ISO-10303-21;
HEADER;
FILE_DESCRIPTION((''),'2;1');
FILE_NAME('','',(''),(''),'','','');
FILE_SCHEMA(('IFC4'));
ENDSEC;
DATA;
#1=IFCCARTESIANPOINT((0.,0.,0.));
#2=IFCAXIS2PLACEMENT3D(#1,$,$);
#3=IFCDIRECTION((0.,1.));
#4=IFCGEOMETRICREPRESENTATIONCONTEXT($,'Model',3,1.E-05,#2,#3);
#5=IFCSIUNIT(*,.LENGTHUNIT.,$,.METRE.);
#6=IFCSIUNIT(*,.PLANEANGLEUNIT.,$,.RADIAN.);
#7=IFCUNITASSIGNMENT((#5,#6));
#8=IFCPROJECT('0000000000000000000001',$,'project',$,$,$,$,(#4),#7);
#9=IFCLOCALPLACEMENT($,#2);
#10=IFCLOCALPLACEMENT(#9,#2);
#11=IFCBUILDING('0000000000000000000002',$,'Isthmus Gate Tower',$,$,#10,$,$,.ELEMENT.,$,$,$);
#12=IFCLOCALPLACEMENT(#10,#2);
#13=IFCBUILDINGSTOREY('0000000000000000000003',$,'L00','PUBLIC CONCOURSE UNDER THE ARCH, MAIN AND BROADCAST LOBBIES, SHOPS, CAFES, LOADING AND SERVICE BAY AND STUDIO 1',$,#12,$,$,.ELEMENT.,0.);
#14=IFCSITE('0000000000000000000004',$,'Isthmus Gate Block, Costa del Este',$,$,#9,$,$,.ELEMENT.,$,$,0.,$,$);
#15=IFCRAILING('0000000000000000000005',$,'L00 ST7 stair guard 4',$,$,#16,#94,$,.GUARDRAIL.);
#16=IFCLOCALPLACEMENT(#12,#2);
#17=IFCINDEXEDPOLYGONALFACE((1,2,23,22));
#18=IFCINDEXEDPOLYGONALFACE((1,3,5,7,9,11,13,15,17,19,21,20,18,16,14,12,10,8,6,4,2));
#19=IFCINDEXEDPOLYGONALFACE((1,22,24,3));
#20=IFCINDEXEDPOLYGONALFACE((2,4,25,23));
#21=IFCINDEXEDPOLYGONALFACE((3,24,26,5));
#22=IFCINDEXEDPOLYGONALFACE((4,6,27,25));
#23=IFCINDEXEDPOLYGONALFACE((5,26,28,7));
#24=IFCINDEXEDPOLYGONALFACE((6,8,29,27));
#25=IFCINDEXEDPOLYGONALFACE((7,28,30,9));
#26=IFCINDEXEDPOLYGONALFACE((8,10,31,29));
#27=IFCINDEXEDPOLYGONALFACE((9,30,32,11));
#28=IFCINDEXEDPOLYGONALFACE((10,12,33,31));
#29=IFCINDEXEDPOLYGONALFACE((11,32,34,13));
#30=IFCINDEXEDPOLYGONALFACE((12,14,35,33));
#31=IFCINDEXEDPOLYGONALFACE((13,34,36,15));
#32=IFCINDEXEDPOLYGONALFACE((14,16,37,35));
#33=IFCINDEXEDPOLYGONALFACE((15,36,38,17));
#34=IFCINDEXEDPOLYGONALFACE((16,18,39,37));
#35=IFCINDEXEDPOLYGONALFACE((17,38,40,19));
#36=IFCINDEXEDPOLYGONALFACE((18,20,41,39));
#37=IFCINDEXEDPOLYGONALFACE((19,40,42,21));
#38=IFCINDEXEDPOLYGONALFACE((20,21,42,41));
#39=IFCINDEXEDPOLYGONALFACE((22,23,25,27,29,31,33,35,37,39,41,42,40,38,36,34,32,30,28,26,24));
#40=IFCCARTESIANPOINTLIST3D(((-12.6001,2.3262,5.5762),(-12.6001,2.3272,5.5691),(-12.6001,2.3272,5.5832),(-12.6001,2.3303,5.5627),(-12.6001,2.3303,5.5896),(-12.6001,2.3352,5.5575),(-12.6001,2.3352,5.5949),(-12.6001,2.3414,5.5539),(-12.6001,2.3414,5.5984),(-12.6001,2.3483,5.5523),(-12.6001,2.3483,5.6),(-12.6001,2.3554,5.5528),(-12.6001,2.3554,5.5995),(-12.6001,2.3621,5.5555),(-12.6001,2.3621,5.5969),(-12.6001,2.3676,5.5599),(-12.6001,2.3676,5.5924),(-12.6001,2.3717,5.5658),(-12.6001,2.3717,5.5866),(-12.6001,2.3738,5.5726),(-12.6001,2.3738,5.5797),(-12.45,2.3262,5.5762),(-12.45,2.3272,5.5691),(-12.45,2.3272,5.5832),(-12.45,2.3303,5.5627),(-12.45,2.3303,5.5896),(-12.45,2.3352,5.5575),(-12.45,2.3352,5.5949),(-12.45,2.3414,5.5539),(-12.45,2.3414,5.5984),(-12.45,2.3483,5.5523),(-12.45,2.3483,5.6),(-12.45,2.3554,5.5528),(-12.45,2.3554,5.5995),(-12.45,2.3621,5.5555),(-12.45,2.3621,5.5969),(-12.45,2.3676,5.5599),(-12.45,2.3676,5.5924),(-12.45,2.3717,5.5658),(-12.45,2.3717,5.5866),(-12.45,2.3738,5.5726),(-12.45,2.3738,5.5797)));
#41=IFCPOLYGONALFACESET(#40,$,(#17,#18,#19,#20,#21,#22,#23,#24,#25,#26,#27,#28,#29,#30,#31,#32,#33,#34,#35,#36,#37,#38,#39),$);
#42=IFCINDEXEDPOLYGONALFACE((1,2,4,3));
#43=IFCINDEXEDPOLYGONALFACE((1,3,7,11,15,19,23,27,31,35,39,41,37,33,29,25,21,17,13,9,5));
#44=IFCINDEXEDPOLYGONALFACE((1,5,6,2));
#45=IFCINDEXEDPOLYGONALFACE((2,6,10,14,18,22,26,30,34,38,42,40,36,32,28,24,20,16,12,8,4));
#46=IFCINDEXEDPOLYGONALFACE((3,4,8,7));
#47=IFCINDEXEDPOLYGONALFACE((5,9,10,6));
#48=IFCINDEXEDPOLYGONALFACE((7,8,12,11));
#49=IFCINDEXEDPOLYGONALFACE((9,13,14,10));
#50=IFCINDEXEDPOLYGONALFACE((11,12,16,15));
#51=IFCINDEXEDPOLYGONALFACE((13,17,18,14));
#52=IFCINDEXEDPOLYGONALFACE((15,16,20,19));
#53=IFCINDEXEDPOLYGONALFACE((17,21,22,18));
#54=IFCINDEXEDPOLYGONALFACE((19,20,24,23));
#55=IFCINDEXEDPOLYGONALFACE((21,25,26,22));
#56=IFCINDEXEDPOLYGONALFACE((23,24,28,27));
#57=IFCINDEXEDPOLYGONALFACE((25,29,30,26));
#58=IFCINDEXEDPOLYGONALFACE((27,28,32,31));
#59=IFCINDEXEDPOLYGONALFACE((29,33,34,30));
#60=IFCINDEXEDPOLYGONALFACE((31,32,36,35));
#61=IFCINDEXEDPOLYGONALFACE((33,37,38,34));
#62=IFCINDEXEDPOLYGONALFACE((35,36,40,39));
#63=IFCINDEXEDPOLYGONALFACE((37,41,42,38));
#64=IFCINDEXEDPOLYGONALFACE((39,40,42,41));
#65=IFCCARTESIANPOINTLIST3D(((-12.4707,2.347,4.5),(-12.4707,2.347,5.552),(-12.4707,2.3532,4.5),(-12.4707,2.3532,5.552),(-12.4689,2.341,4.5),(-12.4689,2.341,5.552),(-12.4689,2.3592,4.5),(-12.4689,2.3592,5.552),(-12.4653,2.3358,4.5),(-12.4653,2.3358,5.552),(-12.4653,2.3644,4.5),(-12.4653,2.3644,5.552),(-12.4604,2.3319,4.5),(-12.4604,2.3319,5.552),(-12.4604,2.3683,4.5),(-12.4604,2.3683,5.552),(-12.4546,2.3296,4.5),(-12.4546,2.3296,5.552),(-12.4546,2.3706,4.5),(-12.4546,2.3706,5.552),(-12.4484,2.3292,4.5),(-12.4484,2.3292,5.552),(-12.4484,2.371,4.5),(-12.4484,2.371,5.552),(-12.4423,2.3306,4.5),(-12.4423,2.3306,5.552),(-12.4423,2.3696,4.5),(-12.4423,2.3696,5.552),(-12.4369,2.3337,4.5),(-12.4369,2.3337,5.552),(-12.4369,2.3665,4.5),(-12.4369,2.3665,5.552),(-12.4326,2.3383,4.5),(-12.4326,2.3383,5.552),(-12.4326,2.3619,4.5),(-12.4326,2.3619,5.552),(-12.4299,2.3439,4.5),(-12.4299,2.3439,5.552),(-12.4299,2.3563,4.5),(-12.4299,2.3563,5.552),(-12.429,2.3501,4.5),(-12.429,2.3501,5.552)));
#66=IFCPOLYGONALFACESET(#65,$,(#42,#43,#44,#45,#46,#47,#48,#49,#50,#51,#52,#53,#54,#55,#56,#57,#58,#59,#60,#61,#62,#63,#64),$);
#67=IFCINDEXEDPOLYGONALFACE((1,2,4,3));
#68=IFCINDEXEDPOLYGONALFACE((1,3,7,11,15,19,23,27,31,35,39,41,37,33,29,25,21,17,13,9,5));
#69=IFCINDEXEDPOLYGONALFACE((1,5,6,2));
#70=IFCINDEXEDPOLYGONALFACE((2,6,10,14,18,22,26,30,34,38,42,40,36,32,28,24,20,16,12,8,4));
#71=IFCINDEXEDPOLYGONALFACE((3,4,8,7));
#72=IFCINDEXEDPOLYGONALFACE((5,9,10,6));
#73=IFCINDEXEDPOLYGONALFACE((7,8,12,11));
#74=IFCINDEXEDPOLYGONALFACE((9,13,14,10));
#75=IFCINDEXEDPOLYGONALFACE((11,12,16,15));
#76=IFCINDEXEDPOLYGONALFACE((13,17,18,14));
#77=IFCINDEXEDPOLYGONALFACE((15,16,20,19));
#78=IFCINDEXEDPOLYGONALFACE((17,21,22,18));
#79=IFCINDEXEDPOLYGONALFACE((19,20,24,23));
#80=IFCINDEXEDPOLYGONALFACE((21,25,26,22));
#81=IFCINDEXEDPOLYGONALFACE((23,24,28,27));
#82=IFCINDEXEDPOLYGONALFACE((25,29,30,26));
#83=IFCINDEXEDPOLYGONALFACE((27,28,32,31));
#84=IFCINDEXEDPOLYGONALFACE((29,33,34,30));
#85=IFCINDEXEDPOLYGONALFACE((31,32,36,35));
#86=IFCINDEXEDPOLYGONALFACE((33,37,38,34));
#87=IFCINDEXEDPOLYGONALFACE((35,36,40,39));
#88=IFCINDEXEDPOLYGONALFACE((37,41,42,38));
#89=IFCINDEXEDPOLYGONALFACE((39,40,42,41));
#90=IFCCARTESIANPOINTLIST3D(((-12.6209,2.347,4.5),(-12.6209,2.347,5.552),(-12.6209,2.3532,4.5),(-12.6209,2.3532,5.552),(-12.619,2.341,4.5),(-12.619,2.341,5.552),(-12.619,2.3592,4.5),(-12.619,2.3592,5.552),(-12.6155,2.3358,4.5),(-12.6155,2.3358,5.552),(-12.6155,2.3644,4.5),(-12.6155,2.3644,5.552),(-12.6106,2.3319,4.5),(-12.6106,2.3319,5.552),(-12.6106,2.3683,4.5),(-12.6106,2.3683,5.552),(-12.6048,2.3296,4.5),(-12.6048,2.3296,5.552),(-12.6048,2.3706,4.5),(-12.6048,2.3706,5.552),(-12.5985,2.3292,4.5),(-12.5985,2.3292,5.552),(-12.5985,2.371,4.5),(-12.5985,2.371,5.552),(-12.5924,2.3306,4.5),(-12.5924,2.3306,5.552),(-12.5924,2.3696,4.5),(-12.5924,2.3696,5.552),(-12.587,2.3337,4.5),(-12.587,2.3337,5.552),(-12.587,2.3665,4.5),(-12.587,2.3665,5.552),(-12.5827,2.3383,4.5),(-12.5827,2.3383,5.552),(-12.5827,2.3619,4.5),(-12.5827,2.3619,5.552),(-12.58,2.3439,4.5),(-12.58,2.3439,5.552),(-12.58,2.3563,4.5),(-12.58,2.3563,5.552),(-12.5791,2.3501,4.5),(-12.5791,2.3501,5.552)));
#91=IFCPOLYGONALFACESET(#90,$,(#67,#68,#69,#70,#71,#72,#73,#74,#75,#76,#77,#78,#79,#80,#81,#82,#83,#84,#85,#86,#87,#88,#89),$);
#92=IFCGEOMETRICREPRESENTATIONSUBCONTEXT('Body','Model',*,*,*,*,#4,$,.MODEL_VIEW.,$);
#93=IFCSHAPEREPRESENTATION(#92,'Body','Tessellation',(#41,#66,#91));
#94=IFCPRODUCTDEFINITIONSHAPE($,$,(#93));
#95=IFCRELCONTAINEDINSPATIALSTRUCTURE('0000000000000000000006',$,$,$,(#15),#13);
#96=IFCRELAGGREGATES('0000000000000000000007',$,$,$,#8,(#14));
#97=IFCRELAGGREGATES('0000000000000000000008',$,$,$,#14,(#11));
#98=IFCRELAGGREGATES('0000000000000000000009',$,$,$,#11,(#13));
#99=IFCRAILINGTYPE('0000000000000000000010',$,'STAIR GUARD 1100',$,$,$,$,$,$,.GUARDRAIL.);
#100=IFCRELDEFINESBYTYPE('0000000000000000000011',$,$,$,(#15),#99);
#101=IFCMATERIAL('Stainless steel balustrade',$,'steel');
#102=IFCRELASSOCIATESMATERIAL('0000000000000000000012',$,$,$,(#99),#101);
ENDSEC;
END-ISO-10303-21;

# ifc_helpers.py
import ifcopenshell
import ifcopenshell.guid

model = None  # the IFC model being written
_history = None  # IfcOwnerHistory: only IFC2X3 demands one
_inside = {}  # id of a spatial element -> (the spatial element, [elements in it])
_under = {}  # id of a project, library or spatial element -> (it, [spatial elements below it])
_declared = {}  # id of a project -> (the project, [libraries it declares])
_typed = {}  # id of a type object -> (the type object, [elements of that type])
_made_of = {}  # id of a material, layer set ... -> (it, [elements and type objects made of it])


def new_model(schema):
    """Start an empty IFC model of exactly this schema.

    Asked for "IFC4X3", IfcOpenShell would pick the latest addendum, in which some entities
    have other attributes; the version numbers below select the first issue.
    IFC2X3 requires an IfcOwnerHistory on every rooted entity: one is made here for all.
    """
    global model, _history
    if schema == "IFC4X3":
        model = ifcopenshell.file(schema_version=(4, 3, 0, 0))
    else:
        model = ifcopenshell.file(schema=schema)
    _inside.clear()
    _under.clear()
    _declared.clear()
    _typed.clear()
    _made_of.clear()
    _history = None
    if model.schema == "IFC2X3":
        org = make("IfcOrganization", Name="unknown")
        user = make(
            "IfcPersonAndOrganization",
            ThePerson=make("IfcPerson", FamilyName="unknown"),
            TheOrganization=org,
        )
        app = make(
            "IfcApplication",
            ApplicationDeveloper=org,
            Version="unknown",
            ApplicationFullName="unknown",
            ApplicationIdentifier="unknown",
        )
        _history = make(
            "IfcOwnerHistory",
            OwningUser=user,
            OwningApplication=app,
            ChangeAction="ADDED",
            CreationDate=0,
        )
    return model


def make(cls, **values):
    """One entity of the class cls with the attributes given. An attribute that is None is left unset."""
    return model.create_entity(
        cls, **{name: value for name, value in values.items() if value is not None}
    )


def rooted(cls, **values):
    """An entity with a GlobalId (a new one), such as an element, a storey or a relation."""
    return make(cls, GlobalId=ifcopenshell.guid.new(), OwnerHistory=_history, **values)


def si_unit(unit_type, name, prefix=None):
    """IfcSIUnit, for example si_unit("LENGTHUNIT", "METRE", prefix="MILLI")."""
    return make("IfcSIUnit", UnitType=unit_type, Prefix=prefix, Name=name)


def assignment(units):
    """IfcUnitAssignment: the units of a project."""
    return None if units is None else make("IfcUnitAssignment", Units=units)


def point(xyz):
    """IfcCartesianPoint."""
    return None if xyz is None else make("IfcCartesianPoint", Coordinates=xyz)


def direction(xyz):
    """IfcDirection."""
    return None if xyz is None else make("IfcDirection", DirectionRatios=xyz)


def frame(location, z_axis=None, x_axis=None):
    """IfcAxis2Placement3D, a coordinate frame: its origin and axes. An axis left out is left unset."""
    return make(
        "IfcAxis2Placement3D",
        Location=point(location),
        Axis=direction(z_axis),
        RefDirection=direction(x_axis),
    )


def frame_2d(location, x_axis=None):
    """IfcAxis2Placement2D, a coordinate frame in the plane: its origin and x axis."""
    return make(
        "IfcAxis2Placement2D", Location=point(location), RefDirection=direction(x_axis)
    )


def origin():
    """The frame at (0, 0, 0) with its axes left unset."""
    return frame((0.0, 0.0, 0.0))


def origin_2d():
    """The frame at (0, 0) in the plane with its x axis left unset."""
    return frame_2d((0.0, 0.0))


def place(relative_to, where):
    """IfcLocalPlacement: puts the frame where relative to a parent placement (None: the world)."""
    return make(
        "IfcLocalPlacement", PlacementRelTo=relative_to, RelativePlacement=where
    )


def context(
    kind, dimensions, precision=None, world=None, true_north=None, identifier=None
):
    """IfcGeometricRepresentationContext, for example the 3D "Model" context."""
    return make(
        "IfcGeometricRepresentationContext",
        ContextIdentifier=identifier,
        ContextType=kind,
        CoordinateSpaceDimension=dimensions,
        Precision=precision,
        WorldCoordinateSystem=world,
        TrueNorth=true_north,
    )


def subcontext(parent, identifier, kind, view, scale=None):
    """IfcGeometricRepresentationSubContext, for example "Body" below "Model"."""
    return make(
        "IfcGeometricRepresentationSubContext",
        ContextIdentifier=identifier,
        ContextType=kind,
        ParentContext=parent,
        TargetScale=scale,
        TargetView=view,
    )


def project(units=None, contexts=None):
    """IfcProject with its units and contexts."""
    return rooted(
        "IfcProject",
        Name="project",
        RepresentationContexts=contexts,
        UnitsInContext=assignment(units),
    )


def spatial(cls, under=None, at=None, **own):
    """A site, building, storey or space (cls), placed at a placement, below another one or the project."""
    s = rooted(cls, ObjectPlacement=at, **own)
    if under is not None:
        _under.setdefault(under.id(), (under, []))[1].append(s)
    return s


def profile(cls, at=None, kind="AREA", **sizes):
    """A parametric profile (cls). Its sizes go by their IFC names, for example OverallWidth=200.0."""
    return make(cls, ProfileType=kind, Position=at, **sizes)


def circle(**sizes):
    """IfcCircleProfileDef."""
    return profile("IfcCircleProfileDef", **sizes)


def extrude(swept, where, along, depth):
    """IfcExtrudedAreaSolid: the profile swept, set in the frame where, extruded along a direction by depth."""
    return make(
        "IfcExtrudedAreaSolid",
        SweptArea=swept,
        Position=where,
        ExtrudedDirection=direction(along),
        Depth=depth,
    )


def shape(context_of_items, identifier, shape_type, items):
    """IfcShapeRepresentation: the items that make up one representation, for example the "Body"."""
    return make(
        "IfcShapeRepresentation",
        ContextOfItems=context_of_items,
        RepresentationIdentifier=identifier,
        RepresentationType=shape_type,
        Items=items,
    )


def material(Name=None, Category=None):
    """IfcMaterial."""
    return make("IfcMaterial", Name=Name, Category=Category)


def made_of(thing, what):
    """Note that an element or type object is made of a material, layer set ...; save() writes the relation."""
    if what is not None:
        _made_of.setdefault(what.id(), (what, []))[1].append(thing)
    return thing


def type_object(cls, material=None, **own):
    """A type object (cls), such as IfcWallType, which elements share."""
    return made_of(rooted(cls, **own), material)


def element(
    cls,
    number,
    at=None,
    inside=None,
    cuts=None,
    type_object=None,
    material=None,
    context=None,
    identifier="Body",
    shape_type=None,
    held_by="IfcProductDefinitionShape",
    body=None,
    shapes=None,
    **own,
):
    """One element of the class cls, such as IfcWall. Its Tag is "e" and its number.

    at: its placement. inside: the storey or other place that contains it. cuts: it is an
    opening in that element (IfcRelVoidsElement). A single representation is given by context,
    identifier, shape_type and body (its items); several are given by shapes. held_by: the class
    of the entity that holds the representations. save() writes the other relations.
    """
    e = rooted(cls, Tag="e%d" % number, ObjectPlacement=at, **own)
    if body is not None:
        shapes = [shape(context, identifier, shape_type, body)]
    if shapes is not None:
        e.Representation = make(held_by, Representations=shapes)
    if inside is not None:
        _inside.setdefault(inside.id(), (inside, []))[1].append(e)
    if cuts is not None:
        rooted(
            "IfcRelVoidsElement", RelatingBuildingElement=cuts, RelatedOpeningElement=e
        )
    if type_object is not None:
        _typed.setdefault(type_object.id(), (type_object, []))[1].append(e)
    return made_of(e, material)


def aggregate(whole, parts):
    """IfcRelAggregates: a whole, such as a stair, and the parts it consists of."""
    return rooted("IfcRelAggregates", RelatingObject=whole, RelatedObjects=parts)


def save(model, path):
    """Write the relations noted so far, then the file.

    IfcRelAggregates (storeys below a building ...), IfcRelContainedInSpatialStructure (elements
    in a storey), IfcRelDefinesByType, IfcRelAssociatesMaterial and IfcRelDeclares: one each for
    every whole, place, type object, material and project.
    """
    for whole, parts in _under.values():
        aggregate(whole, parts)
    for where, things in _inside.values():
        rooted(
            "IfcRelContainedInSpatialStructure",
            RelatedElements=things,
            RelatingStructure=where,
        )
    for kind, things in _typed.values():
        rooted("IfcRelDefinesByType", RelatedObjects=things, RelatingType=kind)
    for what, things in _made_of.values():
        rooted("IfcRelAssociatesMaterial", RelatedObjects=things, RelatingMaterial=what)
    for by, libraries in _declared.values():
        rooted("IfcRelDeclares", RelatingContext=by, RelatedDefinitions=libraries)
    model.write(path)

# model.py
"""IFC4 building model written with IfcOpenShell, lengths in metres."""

from ifc_helpers import new_model, si_unit, direction, frame, origin, origin_2d, place, context, subcontext, project, spatial, circle, extrude, material, type_object, element, save


model = new_model("IFC4")

# Units and contexts
model_context = context("Model", 3, precision=1e-05, world=origin(), true_north=direction((0.0, 1.0)))
body_context = subcontext(model_context, "Body", "Model", "MODEL_VIEW")
ifc_project = project(units=[si_unit("LENGTHUNIT", "METRE"), si_unit("PLANEANGLEUNIT", "RADIAN")], contexts=[model_context])

# Site, building, storey
site_placement = place(None, origin())
site = spatial("IfcSite", under=ifc_project, at=site_placement, Name="Isthmus Gate Block, Costa del Este", CompositionType="ELEMENT", RefElevation=0.0)
building_placement = place(site_placement, origin())
building = spatial("IfcBuilding", under=site, at=building_placement, Name="Isthmus Gate Tower", CompositionType="ELEMENT")
storey_placement = place(building_placement, origin())
storey = spatial("IfcBuildingStorey", under=building, at=storey_placement, Name="L00", Description="PUBLIC CONCOURSE UNDER THE ARCH, MAIN AND BROADCAST LOBBIES, SHOPS, CAFES, LOADING AND SERVICE BAY AND STUDIO 1", CompositionType="ELEMENT", Elevation=0.0)

# Railing
ifc_material_1 = material(Name="Stainless steel balustrade", Category="steel")
railing_type_1 = type_object("IfcRailingType", Name="STAIR GUARD 1100", PredefinedType="GUARDRAIL", material=ifc_material_1)
railing_1_placement = place(storey_placement, frame((-12.45, 2.3501, 4.5)))
element("IfcRailing", 1, at=railing_1_placement, inside=storey, type_object=railing_type_1, Name="L00 ST7 stair guard 4", PredefinedType="GUARDRAIL", context=body_context, shape_type="SweptSolid", body=[
    extrude(circle(Radius=0.0239, at=origin_2d()), frame((0.0, 0.0, 1.0762), z_axis=(-1.0, 0.0, 0.0), x_axis=(0.0, -1.0, 0.0)), (0.0, 0.0, 1.0), 0.1501),
    extrude(circle(Radius=0.021, at=origin_2d()), origin(), (0.0, 0.0, 1.0), 1.052),
    extrude(circle(Radius=0.021, at=origin_2d()), frame((-0.1501, 0.0, 0.0)), (0.0, 0.0, 1.0), 1.052),
])

save(model, "model.ifc")
